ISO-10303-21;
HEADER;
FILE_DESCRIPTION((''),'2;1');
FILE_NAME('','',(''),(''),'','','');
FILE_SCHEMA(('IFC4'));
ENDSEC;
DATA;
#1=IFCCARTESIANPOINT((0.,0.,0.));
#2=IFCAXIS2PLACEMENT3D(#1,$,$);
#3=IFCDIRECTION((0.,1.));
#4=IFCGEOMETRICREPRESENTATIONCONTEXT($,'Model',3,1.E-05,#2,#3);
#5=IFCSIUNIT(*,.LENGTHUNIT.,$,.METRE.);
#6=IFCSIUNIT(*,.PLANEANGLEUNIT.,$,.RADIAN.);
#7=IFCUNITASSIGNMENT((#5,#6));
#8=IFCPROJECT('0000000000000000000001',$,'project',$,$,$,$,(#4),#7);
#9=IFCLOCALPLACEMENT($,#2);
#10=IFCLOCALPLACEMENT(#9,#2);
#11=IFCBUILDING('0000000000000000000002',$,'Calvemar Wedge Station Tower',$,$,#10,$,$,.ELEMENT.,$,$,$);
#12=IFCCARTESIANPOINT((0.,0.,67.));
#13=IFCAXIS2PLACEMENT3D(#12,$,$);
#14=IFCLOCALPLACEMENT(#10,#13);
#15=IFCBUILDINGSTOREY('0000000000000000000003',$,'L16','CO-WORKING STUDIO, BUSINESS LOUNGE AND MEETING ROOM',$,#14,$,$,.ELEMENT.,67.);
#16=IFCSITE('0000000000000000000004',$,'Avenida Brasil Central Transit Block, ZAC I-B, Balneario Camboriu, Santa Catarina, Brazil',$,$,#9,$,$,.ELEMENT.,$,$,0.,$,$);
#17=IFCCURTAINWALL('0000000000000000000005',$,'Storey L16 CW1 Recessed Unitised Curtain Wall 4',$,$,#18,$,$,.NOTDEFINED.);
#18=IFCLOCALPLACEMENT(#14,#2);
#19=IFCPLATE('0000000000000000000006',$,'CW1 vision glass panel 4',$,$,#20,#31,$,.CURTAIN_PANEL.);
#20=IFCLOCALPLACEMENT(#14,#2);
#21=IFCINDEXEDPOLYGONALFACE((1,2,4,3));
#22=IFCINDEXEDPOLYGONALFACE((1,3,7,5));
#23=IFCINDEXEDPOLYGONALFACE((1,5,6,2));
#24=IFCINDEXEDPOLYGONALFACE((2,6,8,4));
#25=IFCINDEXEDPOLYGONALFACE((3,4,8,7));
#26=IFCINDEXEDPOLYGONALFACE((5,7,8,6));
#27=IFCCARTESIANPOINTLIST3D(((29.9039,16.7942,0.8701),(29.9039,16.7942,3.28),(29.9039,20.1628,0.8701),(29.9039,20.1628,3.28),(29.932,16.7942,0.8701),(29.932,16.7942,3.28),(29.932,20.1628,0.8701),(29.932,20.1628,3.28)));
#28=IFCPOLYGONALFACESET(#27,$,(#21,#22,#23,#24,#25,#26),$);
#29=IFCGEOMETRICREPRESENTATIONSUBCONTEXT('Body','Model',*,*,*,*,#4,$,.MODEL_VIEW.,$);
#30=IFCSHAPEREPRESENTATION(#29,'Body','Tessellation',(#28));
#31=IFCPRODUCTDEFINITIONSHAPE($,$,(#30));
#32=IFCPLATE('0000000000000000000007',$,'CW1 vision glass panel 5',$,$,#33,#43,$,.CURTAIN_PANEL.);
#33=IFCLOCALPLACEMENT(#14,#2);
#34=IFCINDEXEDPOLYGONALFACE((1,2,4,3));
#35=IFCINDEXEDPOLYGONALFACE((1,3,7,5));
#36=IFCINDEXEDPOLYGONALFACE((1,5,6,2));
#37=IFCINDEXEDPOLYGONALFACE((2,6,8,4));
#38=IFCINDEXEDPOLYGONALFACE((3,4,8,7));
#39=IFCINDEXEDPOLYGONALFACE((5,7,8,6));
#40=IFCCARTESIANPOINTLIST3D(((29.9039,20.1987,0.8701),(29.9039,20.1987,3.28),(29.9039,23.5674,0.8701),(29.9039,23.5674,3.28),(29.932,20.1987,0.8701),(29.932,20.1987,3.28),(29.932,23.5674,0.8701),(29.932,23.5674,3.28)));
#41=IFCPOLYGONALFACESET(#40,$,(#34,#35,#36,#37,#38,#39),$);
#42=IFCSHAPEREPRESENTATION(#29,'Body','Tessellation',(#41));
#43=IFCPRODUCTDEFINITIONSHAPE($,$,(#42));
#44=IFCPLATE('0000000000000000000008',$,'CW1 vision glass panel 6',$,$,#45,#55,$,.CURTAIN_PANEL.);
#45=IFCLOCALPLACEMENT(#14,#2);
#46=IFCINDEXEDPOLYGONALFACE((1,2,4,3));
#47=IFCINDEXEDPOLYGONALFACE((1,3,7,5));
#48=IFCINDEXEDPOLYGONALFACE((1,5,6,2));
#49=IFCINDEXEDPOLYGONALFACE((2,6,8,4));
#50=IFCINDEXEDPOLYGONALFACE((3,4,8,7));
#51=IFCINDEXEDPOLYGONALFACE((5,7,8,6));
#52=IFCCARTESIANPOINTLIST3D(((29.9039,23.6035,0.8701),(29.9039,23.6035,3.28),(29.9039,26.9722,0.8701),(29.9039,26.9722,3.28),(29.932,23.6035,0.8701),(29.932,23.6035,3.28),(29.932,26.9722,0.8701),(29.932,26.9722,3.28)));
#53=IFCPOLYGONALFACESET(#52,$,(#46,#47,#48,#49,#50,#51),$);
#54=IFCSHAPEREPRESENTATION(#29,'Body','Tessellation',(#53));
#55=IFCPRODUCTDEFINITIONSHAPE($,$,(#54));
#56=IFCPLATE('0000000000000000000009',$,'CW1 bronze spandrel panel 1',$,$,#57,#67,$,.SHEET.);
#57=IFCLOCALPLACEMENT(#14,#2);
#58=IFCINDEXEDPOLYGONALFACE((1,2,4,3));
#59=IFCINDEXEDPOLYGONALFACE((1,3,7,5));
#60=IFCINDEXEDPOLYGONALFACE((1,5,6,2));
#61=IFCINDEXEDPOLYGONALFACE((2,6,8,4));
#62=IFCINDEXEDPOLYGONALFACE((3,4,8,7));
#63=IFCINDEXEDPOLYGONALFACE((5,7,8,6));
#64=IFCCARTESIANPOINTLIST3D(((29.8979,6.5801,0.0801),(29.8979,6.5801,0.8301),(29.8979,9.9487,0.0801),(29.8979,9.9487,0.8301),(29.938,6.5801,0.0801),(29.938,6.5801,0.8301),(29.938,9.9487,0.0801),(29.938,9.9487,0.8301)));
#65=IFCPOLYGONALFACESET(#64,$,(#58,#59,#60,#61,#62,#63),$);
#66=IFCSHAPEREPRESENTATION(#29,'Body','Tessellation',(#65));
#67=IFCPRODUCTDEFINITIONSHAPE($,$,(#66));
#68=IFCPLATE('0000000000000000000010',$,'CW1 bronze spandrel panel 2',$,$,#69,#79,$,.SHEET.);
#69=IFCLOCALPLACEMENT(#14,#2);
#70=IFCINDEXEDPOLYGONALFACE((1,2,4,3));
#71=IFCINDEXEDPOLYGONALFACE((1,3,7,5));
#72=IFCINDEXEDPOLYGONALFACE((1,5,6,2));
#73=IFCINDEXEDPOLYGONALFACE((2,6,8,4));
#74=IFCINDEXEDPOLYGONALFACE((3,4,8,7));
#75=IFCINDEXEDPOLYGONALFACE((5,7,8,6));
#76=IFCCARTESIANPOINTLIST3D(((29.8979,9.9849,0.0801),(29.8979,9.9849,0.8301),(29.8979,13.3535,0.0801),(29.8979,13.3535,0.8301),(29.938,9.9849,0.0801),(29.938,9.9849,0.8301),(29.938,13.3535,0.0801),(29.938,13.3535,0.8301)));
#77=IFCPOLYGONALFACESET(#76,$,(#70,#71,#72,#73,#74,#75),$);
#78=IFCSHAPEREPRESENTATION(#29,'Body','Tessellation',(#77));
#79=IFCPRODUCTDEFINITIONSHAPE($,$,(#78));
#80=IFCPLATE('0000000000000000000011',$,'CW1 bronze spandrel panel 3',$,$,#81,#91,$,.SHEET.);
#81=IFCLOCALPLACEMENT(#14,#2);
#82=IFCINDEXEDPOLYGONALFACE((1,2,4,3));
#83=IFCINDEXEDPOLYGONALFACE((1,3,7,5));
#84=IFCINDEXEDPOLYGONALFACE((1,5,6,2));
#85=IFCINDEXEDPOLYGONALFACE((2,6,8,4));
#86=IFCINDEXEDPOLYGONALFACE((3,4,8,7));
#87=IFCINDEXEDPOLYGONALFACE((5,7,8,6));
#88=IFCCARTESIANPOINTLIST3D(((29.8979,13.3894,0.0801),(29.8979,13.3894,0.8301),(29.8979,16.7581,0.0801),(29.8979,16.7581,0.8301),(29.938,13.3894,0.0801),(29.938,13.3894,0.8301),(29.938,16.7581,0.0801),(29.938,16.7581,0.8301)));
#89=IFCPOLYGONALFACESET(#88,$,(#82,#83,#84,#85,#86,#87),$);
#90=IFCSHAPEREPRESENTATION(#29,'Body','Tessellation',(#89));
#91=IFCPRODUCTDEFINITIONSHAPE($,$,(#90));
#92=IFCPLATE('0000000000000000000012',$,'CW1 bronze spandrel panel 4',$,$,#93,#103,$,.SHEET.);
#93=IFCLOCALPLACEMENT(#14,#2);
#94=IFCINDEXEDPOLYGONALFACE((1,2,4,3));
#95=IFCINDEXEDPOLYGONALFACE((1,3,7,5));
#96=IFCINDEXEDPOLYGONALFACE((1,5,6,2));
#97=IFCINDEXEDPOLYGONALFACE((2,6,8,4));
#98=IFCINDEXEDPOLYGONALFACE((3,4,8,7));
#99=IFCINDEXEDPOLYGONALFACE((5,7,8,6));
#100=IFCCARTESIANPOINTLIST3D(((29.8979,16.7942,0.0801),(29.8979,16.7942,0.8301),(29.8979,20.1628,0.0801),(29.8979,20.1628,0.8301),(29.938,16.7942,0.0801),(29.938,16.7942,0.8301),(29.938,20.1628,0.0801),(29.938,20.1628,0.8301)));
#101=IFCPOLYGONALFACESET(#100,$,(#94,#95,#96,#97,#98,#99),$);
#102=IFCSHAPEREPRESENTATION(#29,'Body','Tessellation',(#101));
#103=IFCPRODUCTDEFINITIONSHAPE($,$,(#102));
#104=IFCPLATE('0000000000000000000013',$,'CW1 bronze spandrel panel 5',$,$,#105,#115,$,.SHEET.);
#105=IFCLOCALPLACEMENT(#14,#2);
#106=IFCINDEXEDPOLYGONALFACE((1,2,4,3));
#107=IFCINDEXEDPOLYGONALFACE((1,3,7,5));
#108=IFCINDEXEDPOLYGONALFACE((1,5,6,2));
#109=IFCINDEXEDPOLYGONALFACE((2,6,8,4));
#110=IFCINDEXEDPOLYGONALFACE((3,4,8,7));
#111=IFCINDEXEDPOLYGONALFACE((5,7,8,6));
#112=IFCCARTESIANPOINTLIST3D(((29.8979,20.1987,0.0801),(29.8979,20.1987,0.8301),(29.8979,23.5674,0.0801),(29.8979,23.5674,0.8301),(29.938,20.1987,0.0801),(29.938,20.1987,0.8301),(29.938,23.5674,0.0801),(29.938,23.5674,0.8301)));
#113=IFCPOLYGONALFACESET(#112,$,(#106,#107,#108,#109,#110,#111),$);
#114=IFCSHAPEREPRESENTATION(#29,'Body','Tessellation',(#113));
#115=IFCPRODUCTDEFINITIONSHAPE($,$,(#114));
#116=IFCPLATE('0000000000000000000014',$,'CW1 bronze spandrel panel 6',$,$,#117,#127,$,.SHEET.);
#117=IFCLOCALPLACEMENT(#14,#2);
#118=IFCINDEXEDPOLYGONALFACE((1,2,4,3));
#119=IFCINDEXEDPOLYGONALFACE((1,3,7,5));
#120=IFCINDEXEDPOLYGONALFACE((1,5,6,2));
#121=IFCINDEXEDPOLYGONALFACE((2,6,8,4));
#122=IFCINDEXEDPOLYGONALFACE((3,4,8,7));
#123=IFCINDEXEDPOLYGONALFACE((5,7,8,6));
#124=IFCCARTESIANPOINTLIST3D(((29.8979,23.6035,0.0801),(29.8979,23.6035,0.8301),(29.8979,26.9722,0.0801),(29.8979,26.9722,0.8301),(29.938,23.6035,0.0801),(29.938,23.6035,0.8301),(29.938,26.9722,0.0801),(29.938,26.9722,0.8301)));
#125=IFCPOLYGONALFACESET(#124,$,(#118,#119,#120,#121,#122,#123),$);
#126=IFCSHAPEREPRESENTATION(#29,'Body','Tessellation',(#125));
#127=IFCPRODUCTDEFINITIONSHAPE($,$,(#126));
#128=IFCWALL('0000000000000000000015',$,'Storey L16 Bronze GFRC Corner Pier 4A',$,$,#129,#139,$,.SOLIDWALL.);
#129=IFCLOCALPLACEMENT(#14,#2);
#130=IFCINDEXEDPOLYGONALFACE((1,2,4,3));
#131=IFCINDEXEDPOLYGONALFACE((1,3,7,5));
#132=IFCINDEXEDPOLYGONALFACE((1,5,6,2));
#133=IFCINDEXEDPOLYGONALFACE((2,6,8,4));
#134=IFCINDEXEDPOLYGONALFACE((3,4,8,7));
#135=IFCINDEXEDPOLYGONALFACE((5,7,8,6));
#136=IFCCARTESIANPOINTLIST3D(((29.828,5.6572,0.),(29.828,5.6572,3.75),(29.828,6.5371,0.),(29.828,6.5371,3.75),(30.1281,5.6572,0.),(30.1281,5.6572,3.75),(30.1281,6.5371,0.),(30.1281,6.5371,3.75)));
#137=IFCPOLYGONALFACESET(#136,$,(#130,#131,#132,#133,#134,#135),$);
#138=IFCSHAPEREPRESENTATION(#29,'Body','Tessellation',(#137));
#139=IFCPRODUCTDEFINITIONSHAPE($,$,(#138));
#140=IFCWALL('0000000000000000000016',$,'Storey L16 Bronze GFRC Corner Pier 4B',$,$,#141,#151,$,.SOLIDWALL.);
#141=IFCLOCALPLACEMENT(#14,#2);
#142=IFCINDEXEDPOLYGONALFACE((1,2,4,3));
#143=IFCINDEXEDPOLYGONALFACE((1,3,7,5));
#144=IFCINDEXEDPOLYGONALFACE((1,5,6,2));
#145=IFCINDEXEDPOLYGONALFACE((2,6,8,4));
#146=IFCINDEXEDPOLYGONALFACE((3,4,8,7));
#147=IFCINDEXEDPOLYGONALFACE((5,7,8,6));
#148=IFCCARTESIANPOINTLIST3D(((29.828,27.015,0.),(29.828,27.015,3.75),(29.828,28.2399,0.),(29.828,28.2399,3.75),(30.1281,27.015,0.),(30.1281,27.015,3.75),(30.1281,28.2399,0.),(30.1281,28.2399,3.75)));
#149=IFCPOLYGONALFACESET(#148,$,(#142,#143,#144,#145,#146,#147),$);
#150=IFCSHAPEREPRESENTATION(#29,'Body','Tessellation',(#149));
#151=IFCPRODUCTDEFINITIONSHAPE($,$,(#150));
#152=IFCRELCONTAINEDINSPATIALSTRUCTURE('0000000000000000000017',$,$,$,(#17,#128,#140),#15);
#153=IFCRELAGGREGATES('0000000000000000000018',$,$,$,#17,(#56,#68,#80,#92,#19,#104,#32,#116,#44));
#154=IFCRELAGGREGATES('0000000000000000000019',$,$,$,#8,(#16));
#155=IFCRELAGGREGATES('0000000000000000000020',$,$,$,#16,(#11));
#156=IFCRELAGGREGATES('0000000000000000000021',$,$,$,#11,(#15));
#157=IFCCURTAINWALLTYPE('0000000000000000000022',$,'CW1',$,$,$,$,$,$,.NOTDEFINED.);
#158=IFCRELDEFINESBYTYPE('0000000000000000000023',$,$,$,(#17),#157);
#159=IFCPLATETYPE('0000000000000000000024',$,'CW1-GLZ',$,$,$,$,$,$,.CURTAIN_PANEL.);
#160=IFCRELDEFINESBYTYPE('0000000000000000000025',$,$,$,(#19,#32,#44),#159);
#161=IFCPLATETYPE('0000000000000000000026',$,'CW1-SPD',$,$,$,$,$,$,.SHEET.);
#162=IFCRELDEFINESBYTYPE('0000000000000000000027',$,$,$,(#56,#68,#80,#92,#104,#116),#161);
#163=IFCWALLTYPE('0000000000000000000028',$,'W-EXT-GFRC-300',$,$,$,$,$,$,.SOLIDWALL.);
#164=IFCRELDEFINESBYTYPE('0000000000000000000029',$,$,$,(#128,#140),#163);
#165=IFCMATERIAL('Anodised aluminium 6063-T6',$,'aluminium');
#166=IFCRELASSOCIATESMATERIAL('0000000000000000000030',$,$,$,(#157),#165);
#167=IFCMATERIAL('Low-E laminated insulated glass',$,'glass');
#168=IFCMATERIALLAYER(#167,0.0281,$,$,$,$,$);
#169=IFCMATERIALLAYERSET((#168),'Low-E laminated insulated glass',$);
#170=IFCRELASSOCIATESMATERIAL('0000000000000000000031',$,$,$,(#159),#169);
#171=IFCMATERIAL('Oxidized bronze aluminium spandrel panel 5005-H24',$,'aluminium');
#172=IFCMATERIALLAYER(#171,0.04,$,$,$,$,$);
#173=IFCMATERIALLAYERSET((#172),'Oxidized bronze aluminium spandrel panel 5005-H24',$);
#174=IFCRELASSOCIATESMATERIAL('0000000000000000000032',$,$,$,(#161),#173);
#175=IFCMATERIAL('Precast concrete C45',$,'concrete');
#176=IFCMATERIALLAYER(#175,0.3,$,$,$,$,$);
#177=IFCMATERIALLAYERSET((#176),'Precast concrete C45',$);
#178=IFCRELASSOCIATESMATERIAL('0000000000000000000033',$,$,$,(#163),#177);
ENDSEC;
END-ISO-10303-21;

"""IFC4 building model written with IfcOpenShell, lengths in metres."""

from ifc_helpers import new_model, si_unit, direction, frame, frame_2d, origin, place, context, subcontext, project, spatial, rectangle, extrude, material, layer, layer_set, type_object, element, aggregate, save


model = new_model("IFC4")

# Units and contexts
model_context = context("Model", 3, precision=1e-05, world=origin(), true_north=direction((0.0, 1.0)))
body_context = subcontext(model_context, "Body", "Model", "MODEL_VIEW")
ifc_project = project(units=[si_unit("LENGTHUNIT", "METRE"), si_unit("PLANEANGLEUNIT", "RADIAN")], contexts=[model_context])

# Site, building, storey
site_placement = place(None, origin())
site = spatial("IfcSite", under=ifc_project, at=site_placement, Name="Avenida Brasil Central Transit Block, ZAC I-B, Balneario Camboriu, Santa Catarina, Brazil", CompositionType="ELEMENT", RefElevation=0.0)
building_placement = place(site_placement, origin())
building = spatial("IfcBuilding", under=site, at=building_placement, Name="Calvemar Wedge Station Tower", CompositionType="ELEMENT")
storey_placement = place(building_placement, frame((0.0, 0.0, 67.0)))
storey = spatial("IfcBuildingStorey", under=building, at=storey_placement, Name="L16", Description="CO-WORKING STUDIO, BUSINESS LOUNGE AND MEETING ROOM", CompositionType="ELEMENT", Elevation=67.0)

# Curtain wall, plates
ifc_material_1 = material(Name="Anodised aluminium 6063-T6", Category="aluminium")
curtain_wall_type = type_object("IfcCurtainWallType", Name="CW1", PredefinedType="NOTDEFINED", material=ifc_material_1)
curtain_wall_placement = place(storey_placement, origin())
curtain_wall = element("IfcCurtainWall", 1, at=curtain_wall_placement, inside=storey, type_object=curtain_wall_type, Name="Storey L16 CW1 Recessed Unitised Curtain Wall 4", PredefinedType="NOTDEFINED")
ifc_material_2 = material(Name="Low-E laminated insulated glass", Category="glass")
ifc_layer_1 = layer(ifc_material_2, 0.0281)
ifc_layer_set_1 = layer_set([ifc_layer_1], Name="Low-E laminated insulated glass")
plate_type_1 = type_object("IfcPlateType", Name="CW1-GLZ", PredefinedType="CURTAIN_PANEL", material=ifc_layer_set_1)
plate_1_placement = place(storey_placement, frame((29.918, 16.7942, 0.8701), z_axis=(0.0, 0.0, 1.0), x_axis=(0.0, 1.0, 0.0)))
plate_1 = element("IfcPlate", 2, at=plate_1_placement, type_object=plate_type_1, Name="CW1 vision glass panel 4", PredefinedType="CURTAIN_PANEL", context=body_context, shape_type="SweptSolid", body=[
    extrude(rectangle(XDim=3.3687, YDim=0.0281, at=frame_2d((1.6843, 0.0))), origin(), (0.0, 0.0, 1.0), 2.4099),
])
plate_2_placement = place(storey_placement, frame((29.918, 20.1987, 0.8701), z_axis=(0.0, 0.0, 1.0), x_axis=(0.0, 1.0, 0.0)))
plate_2 = element("IfcPlate", 3, at=plate_2_placement, type_object=plate_type_1, Name="CW1 vision glass panel 5", PredefinedType="CURTAIN_PANEL", context=body_context, shape_type="SweptSolid", body=[
    extrude(rectangle(XDim=3.3687, YDim=0.0281, at=frame_2d((1.6843, 0.0))), origin(), (0.0, 0.0, 1.0), 2.4099),
])
plate_3_placement = place(storey_placement, frame((29.918, 23.6035, 0.8701), z_axis=(0.0, 0.0, 1.0), x_axis=(0.0, 1.0, 0.0)))
plate_3 = element("IfcPlate", 4, at=plate_3_placement, type_object=plate_type_1, Name="CW1 vision glass panel 6", PredefinedType="CURTAIN_PANEL", context=body_context, shape_type="SweptSolid", body=[
    extrude(rectangle(XDim=3.3687, YDim=0.0281, at=frame_2d((1.6843, 0.0))), origin(), (0.0, 0.0, 1.0), 2.4099),
])
ifc_material_3 = material(Name="Oxidized bronze aluminium spandrel panel 5005-H24", Category="aluminium")
ifc_layer_2 = layer(ifc_material_3, 0.04)
ifc_layer_set_2 = layer_set([ifc_layer_2], Name="Oxidized bronze aluminium spandrel panel 5005-H24")
plate_type_2 = type_object("IfcPlateType", Name="CW1-SPD", PredefinedType="SHEET", material=ifc_layer_set_2)
plate_4_placement = place(storey_placement, frame((29.918, 6.5801, 0.0801), z_axis=(0.0, 0.0, 1.0), x_axis=(0.0, 1.0, 0.0)))
plate_4 = element("IfcPlate", 5, at=plate_4_placement, type_object=plate_type_2, Name="CW1 bronze spandrel panel 1", PredefinedType="SHEET", context=body_context, shape_type="SweptSolid", body=[
    extrude(rectangle(XDim=3.3687, YDim=0.04, at=frame_2d((1.6843, 0.0))), origin(), (0.0, 0.0, 1.0), 0.75),
])
plate_5_placement = place(storey_placement, frame((29.918, 9.9849, 0.0801), z_axis=(0.0, 0.0, 1.0), x_axis=(0.0, 1.0, 0.0)))
plate_5 = element("IfcPlate", 6, at=plate_5_placement, type_object=plate_type_2, Name="CW1 bronze spandrel panel 2", PredefinedType="SHEET", context=body_context, shape_type="SweptSolid", body=[
    extrude(rectangle(XDim=3.3687, YDim=0.04, at=frame_2d((1.6843, 0.0))), origin(), (0.0, 0.0, 1.0), 0.75),
])
plate_6_placement = place(storey_placement, frame((29.918, 13.3894, 0.0801), z_axis=(0.0, 0.0, 1.0), x_axis=(0.0, 1.0, 0.0)))
plate_6 = element("IfcPlate", 7, at=plate_6_placement, type_object=plate_type_2, Name="CW1 bronze spandrel panel 3", PredefinedType="SHEET", context=body_context, shape_type="SweptSolid", body=[
    extrude(rectangle(XDim=3.3687, YDim=0.04, at=frame_2d((1.6843, 0.0))), origin(), (0.0, 0.0, 1.0), 0.75),
])
plate_7_placement = place(storey_placement, frame((29.918, 16.7942, 0.0801), z_axis=(0.0, 0.0, 1.0), x_axis=(0.0, 1.0, 0.0)))
plate_7 = element("IfcPlate", 8, at=plate_7_placement, type_object=plate_type_2, Name="CW1 bronze spandrel panel 4", PredefinedType="SHEET", context=body_context, shape_type="SweptSolid", body=[
    extrude(rectangle(XDim=3.3687, YDim=0.04, at=frame_2d((1.6843, 0.0))), origin(), (0.0, 0.0, 1.0), 0.75),
])
plate_8_placement = place(storey_placement, frame((29.918, 20.1987, 0.0801), z_axis=(0.0, 0.0, 1.0), x_axis=(0.0, 1.0, 0.0)))
plate_8 = element("IfcPlate", 9, at=plate_8_placement, type_object=plate_type_2, Name="CW1 bronze spandrel panel 5", PredefinedType="SHEET", context=body_context, shape_type="SweptSolid", body=[
    extrude(rectangle(XDim=3.3687, YDim=0.04, at=frame_2d((1.6843, 0.0))), origin(), (0.0, 0.0, 1.0), 0.75),
])
plate_9_placement = place(storey_placement, frame((29.918, 23.6035, 0.0801), z_axis=(0.0, 0.0, 1.0), x_axis=(0.0, 1.0, 0.0)))
plate_9 = element("IfcPlate", 10, at=plate_9_placement, type_object=plate_type_2, Name="CW1 bronze spandrel panel 6", PredefinedType="SHEET", context=body_context, shape_type="SweptSolid", body=[
    extrude(rectangle(XDim=3.3687, YDim=0.04, at=frame_2d((1.6843, 0.0))), origin(), (0.0, 0.0, 1.0), 0.75),
])
aggregate(curtain_wall, [plate_4, plate_5, plate_6, plate_7, plate_1, plate_8, plate_2, plate_9, plate_3])

# Walls
ifc_material_4 = material(Name="Precast concrete C45", Category="concrete")
ifc_layer_3 = layer(ifc_material_4, 0.3)
ifc_layer_set_3 = layer_set([ifc_layer_3], Name="Precast concrete C45")
wall_type = type_object("IfcWallType", Name="W-EXT-GFRC-300", PredefinedType="SOLIDWALL", material=ifc_layer_set_3)
wall_1_placement = place(storey_placement, frame((29.978, 5.6572, 0.0), z_axis=(0.0, 0.0, 1.0), x_axis=(0.0, 1.0, 0.0)))
element("IfcWall", 11, at=wall_1_placement, inside=storey, type_object=wall_type, Name="Storey L16 Bronze GFRC Corner Pier 4A", PredefinedType="SOLIDWALL", context=body_context, shape_type="SweptSolid", body=[
    extrude(rectangle(XDim=0.8799, YDim=0.3, at=frame_2d((0.4399, 0.0))), origin(), (0.0, 0.0, 1.0), 3.75),
])
wall_2_placement = place(storey_placement, frame((29.978, 27.0151, 0.0), z_axis=(0.0, 0.0, 1.0), x_axis=(0.0, 1.0, 0.0)))
element("IfcWall", 12, at=wall_2_placement, inside=storey, type_object=wall_type, Name="Storey L16 Bronze GFRC Corner Pier 4B", PredefinedType="SOLIDWALL", context=body_context, shape_type="SweptSolid", body=[
    extrude(rectangle(XDim=1.2249, YDim=0.3, at=frame_2d((0.6123, 0.0))), origin(), (0.0, 0.0, 1.0), 3.75),
])

save(model, "model.ifc")
